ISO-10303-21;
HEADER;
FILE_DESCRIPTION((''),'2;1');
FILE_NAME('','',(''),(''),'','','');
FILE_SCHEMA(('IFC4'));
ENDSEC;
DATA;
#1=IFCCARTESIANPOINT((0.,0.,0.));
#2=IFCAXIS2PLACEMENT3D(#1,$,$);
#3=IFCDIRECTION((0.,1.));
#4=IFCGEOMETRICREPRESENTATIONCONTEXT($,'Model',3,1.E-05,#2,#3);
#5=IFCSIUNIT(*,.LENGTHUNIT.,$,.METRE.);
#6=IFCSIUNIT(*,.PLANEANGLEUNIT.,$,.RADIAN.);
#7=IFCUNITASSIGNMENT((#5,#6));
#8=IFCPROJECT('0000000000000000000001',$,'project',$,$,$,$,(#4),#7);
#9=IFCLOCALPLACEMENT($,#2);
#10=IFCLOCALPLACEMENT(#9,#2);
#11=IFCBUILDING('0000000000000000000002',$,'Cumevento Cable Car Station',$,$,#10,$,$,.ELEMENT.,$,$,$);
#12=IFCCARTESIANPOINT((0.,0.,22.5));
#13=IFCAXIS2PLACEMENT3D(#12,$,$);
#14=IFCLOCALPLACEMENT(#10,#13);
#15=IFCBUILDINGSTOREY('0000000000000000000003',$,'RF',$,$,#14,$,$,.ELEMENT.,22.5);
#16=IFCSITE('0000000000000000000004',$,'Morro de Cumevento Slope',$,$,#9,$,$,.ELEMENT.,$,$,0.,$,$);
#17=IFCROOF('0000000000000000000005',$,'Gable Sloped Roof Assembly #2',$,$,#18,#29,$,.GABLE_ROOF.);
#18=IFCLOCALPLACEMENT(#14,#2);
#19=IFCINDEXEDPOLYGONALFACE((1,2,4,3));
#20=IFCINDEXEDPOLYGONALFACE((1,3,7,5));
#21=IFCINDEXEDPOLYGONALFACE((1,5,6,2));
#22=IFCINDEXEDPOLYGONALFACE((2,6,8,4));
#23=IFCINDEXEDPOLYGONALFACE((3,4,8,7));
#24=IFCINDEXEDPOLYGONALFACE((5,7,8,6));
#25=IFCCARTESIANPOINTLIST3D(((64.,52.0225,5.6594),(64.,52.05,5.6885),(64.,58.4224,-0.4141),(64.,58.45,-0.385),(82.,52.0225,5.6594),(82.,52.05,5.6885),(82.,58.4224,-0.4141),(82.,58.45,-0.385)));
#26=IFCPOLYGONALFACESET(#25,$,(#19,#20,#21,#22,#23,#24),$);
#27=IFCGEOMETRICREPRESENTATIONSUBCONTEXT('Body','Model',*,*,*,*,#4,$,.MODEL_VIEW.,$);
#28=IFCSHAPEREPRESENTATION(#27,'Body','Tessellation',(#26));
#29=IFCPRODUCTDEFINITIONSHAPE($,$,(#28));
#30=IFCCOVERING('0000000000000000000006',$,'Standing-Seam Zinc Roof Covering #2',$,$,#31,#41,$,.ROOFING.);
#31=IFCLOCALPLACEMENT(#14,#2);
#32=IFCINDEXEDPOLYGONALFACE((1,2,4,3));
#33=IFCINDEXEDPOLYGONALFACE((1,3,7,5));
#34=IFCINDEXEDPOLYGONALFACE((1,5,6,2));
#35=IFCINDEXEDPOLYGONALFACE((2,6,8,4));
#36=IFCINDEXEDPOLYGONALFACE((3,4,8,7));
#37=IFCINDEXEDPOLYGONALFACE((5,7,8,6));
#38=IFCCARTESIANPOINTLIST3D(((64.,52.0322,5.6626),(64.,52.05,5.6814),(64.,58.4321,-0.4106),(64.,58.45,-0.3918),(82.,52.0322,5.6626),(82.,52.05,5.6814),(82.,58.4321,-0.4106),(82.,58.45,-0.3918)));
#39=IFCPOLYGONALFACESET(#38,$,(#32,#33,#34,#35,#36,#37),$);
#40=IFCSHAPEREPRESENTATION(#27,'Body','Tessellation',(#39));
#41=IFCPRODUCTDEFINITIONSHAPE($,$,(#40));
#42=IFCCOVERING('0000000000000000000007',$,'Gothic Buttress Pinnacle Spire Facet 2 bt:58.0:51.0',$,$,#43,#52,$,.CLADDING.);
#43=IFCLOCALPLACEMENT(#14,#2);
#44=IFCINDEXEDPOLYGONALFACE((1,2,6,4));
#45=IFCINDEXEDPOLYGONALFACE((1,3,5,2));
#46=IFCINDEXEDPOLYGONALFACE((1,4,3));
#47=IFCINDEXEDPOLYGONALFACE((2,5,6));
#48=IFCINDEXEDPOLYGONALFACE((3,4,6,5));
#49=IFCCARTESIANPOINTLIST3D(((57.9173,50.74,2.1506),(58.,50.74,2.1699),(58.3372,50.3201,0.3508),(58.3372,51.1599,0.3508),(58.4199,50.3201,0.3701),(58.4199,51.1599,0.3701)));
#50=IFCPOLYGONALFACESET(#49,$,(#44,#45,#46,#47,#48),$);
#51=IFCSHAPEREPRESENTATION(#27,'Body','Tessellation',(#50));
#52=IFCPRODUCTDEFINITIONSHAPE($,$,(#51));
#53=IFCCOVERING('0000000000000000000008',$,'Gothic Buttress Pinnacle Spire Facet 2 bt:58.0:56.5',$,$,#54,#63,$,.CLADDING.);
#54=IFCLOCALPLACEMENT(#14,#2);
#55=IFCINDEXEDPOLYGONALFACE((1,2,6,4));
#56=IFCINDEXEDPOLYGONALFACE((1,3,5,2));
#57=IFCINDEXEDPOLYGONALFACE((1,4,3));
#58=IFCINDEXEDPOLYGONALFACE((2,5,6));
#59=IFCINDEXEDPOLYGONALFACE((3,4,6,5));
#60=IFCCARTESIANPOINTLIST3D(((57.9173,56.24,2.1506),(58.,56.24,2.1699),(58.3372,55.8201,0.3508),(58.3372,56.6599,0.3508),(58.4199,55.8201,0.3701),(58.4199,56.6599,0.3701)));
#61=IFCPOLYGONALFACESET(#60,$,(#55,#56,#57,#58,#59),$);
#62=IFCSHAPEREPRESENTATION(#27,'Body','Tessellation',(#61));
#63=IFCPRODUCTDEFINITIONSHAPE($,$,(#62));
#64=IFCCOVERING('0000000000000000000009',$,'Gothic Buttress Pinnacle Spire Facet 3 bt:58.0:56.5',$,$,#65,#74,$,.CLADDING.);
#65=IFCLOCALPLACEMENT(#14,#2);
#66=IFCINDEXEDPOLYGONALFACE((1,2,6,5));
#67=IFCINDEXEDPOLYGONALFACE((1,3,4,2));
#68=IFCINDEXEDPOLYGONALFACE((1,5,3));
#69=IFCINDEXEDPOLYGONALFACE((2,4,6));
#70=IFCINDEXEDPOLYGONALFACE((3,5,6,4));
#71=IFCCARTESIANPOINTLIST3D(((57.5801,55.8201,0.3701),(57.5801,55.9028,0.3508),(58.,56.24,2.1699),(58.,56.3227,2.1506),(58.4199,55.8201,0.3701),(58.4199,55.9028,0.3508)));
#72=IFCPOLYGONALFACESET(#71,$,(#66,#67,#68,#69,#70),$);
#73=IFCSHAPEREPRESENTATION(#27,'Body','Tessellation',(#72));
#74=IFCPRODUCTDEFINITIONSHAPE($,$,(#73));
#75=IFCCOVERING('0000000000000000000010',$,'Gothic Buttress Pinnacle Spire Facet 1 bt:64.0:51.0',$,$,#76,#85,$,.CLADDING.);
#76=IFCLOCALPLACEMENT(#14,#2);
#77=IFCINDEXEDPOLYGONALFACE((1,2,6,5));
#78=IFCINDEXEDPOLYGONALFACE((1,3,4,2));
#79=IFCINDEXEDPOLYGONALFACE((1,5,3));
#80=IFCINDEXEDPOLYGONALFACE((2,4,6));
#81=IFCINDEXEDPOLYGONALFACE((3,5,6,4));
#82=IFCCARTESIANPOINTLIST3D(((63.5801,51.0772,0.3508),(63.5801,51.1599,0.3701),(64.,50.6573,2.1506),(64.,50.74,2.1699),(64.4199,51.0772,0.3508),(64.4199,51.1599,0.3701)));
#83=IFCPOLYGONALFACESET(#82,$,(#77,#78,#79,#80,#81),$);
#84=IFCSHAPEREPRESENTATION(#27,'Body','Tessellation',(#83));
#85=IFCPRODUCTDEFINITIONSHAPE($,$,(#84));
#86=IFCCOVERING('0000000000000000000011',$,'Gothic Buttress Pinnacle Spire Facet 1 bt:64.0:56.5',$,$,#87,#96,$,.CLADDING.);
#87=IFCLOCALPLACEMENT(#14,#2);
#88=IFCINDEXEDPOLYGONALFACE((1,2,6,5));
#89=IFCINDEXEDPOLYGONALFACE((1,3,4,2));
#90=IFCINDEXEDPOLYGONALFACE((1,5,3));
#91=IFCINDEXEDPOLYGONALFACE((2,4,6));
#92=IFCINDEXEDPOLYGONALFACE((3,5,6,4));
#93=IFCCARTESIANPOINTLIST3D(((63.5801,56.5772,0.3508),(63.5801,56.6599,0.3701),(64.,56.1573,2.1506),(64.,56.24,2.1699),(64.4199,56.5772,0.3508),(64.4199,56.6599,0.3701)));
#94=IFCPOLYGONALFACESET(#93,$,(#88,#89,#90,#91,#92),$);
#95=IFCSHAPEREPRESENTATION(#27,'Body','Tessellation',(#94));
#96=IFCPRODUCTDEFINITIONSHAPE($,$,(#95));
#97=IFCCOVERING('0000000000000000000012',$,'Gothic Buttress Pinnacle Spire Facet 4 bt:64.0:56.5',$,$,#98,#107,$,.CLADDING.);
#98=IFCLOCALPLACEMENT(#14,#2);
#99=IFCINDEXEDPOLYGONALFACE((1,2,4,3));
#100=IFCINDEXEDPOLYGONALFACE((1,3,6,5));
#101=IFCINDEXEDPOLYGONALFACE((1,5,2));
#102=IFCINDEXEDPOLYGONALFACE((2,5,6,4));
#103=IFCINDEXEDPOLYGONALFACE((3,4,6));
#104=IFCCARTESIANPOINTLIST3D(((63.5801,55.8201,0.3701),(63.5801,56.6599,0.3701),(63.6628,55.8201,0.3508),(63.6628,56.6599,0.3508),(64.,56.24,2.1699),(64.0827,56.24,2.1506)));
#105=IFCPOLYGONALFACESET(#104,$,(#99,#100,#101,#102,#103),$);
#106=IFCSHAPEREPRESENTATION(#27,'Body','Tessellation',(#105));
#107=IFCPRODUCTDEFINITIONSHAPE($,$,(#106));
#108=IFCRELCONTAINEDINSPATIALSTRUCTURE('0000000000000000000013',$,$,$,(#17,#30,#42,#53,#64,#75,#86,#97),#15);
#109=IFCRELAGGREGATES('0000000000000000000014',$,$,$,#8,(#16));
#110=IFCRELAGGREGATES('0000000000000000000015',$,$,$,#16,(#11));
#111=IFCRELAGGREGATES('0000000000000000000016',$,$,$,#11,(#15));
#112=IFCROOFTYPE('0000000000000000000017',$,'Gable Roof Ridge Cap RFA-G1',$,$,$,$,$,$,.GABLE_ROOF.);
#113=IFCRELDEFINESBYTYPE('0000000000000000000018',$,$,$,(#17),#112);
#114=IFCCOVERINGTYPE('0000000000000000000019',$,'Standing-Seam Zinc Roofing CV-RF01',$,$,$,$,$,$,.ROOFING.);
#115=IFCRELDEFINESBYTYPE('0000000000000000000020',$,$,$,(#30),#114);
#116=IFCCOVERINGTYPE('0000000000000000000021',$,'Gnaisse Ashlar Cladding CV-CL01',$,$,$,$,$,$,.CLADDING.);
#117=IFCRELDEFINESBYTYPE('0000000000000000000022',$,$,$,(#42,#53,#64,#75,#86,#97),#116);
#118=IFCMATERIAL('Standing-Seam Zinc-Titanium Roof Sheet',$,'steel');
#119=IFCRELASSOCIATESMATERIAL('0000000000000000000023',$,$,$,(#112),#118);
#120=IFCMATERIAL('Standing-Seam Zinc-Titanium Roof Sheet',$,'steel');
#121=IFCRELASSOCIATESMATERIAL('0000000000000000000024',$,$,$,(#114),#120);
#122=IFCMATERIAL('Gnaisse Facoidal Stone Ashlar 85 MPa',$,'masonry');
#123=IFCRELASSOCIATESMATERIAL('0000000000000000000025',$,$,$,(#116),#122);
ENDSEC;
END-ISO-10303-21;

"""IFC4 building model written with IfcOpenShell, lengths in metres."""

from ifc_helpers import new_model, si_unit, direction, frame, origin, place, context, subcontext, project, spatial, polyline, outline, extrude, material, type_object, element, save


model = new_model("IFC4")

# Units and contexts
model_context = context("Model", 3, precision=1e-05, world=origin(), true_north=direction((0.0, 1.0)))
body_context = subcontext(model_context, "Body", "Model", "MODEL_VIEW")
ifc_project = project(units=[si_unit("LENGTHUNIT", "METRE"), si_unit("PLANEANGLEUNIT", "RADIAN")], contexts=[model_context])

# Site, building, storey
site_placement = place(None, origin())
site = spatial("IfcSite", under=ifc_project, at=site_placement, Name="Morro de Cumevento Slope", CompositionType="ELEMENT", RefElevation=0.0)
building_placement = place(site_placement, origin())
building = spatial("IfcBuilding", under=site, at=building_placement, Name="Cumevento Cable Car Station", CompositionType="ELEMENT")
storey_placement = place(building_placement, frame((0.0, 0.0, 22.5)))
storey = spatial("IfcBuildingStorey", under=building, at=storey_placement, Name="RF", CompositionType="ELEMENT", Elevation=22.5)

# Roof
ifc_material_1 = material(Name="Standing-Seam Zinc-Titanium Roof Sheet", Category="steel")
roof_type = type_object("IfcRoofType", Name="Gable Roof Ridge Cap RFA-G1", PredefinedType="GABLE_ROOF", material=ifc_material_1)
roof_placement = place(storey_placement, frame((64.0, 52.05, 5.6885), z_axis=(0.0, 0.688367, 0.725363), x_axis=(1.0, 0.0, 0.0)))
element("IfcRoof", 1, at=roof_placement, inside=storey, type_object=roof_type, Name="Gable Sloped Roof Assembly #2", PredefinedType="GABLE_ROOF", context=body_context, shape_type="SweptSolid", body=[
    extrude(outline(polyline([(0.0, 0.0), (18.0, 0.0), (18.0, 8.823), (0.0, 8.823), (0.0, 0.0)])), origin(), (0.0, 0.0, -1.0), 0.04),
])

# Coverings
ifc_material_2 = material(Name="Standing-Seam Zinc-Titanium Roof Sheet", Category="steel")
covering_type_1 = type_object("IfcCoveringType", Name="Standing-Seam Zinc Roofing CV-RF01", PredefinedType="ROOFING", material=ifc_material_2)
covering_1_placement = place(storey_placement, frame((64.0, 52.05, 5.6814), z_axis=(0.0, 0.688352, 0.725377), x_axis=(1.0, 0.0, 0.0)))
element("IfcCovering", 2, at=covering_1_placement, inside=storey, type_object=covering_type_1, Name="Standing-Seam Zinc Roof Covering #2", PredefinedType="ROOFING", context=body_context, shape_type="SweptSolid", body=[
    extrude(outline(polyline([(0.0, 0.0), (18.0, 0.0), (18.0, 8.8229), (0.0, 8.8229), (0.0, 0.0)])), origin(), (0.0, 0.0, -1.0), 0.0259),
])
ifc_material_3 = material(Name="Gnaisse Facoidal Stone Ashlar 85 MPa", Category="masonry")
covering_type_2 = type_object("IfcCoveringType", Name="Gnaisse Ashlar Cladding CV-CL01", PredefinedType="CLADDING", material=ifc_material_3)
for number, where, z_axis, x_axis, name in (
    (3, (58.4199, 51.1599, 0.3701), (0.973845, 0.0, 0.227213), (0.0, -1.0, 0.0), "Gothic Buttress Pinnacle Spire Facet 2 bt:58.0:51.0"),
    (4, (58.4199, 56.6599, 0.3701), (0.973845, 0.0, 0.227213), (0.0, -1.0, 0.0), "Gothic Buttress Pinnacle Spire Facet 2 bt:58.0:56.5"),
    (5, (58.4199, 55.8201, 0.3701), (0.0, -0.973845, 0.227213), (-1.0, 0.0, 0.0), "Gothic Buttress Pinnacle Spire Facet 3 bt:58.0:56.5"),
    (6, (63.5801, 51.1599, 0.3701), (0.0, 0.973845, 0.227213), (1.0, 0.0, 0.0), "Gothic Buttress Pinnacle Spire Facet 1 bt:64.0:51.0"),
    (7, (63.5801, 56.6599, 0.3701), (0.0, 0.973845, 0.227213), (1.0, 0.0, 0.0), "Gothic Buttress Pinnacle Spire Facet 1 bt:64.0:56.5"),
    (8, (63.5801, 55.8201, 0.3701), (-0.973845, 0.0, 0.227213), (0.0, 1.0, 0.0), "Gothic Buttress Pinnacle Spire Facet 4 bt:64.0:56.5"),
):
    element("IfcCovering", number, at=place(storey_placement, frame(where, z_axis=z_axis, x_axis=x_axis)), inside=storey, type_object=covering_type_2, Name=name, PredefinedType="CLADDING", context=body_context, shape_type="SweptSolid", body=[
        extrude(outline(polyline([(0.0, 0.0), (0.8398, 0.0), (0.4199, -1.8481), (0.0, 0.0)])), origin(), (0.0, 0.0, -1.0), 0.085),
    ])

save(model, "model.ifc")
